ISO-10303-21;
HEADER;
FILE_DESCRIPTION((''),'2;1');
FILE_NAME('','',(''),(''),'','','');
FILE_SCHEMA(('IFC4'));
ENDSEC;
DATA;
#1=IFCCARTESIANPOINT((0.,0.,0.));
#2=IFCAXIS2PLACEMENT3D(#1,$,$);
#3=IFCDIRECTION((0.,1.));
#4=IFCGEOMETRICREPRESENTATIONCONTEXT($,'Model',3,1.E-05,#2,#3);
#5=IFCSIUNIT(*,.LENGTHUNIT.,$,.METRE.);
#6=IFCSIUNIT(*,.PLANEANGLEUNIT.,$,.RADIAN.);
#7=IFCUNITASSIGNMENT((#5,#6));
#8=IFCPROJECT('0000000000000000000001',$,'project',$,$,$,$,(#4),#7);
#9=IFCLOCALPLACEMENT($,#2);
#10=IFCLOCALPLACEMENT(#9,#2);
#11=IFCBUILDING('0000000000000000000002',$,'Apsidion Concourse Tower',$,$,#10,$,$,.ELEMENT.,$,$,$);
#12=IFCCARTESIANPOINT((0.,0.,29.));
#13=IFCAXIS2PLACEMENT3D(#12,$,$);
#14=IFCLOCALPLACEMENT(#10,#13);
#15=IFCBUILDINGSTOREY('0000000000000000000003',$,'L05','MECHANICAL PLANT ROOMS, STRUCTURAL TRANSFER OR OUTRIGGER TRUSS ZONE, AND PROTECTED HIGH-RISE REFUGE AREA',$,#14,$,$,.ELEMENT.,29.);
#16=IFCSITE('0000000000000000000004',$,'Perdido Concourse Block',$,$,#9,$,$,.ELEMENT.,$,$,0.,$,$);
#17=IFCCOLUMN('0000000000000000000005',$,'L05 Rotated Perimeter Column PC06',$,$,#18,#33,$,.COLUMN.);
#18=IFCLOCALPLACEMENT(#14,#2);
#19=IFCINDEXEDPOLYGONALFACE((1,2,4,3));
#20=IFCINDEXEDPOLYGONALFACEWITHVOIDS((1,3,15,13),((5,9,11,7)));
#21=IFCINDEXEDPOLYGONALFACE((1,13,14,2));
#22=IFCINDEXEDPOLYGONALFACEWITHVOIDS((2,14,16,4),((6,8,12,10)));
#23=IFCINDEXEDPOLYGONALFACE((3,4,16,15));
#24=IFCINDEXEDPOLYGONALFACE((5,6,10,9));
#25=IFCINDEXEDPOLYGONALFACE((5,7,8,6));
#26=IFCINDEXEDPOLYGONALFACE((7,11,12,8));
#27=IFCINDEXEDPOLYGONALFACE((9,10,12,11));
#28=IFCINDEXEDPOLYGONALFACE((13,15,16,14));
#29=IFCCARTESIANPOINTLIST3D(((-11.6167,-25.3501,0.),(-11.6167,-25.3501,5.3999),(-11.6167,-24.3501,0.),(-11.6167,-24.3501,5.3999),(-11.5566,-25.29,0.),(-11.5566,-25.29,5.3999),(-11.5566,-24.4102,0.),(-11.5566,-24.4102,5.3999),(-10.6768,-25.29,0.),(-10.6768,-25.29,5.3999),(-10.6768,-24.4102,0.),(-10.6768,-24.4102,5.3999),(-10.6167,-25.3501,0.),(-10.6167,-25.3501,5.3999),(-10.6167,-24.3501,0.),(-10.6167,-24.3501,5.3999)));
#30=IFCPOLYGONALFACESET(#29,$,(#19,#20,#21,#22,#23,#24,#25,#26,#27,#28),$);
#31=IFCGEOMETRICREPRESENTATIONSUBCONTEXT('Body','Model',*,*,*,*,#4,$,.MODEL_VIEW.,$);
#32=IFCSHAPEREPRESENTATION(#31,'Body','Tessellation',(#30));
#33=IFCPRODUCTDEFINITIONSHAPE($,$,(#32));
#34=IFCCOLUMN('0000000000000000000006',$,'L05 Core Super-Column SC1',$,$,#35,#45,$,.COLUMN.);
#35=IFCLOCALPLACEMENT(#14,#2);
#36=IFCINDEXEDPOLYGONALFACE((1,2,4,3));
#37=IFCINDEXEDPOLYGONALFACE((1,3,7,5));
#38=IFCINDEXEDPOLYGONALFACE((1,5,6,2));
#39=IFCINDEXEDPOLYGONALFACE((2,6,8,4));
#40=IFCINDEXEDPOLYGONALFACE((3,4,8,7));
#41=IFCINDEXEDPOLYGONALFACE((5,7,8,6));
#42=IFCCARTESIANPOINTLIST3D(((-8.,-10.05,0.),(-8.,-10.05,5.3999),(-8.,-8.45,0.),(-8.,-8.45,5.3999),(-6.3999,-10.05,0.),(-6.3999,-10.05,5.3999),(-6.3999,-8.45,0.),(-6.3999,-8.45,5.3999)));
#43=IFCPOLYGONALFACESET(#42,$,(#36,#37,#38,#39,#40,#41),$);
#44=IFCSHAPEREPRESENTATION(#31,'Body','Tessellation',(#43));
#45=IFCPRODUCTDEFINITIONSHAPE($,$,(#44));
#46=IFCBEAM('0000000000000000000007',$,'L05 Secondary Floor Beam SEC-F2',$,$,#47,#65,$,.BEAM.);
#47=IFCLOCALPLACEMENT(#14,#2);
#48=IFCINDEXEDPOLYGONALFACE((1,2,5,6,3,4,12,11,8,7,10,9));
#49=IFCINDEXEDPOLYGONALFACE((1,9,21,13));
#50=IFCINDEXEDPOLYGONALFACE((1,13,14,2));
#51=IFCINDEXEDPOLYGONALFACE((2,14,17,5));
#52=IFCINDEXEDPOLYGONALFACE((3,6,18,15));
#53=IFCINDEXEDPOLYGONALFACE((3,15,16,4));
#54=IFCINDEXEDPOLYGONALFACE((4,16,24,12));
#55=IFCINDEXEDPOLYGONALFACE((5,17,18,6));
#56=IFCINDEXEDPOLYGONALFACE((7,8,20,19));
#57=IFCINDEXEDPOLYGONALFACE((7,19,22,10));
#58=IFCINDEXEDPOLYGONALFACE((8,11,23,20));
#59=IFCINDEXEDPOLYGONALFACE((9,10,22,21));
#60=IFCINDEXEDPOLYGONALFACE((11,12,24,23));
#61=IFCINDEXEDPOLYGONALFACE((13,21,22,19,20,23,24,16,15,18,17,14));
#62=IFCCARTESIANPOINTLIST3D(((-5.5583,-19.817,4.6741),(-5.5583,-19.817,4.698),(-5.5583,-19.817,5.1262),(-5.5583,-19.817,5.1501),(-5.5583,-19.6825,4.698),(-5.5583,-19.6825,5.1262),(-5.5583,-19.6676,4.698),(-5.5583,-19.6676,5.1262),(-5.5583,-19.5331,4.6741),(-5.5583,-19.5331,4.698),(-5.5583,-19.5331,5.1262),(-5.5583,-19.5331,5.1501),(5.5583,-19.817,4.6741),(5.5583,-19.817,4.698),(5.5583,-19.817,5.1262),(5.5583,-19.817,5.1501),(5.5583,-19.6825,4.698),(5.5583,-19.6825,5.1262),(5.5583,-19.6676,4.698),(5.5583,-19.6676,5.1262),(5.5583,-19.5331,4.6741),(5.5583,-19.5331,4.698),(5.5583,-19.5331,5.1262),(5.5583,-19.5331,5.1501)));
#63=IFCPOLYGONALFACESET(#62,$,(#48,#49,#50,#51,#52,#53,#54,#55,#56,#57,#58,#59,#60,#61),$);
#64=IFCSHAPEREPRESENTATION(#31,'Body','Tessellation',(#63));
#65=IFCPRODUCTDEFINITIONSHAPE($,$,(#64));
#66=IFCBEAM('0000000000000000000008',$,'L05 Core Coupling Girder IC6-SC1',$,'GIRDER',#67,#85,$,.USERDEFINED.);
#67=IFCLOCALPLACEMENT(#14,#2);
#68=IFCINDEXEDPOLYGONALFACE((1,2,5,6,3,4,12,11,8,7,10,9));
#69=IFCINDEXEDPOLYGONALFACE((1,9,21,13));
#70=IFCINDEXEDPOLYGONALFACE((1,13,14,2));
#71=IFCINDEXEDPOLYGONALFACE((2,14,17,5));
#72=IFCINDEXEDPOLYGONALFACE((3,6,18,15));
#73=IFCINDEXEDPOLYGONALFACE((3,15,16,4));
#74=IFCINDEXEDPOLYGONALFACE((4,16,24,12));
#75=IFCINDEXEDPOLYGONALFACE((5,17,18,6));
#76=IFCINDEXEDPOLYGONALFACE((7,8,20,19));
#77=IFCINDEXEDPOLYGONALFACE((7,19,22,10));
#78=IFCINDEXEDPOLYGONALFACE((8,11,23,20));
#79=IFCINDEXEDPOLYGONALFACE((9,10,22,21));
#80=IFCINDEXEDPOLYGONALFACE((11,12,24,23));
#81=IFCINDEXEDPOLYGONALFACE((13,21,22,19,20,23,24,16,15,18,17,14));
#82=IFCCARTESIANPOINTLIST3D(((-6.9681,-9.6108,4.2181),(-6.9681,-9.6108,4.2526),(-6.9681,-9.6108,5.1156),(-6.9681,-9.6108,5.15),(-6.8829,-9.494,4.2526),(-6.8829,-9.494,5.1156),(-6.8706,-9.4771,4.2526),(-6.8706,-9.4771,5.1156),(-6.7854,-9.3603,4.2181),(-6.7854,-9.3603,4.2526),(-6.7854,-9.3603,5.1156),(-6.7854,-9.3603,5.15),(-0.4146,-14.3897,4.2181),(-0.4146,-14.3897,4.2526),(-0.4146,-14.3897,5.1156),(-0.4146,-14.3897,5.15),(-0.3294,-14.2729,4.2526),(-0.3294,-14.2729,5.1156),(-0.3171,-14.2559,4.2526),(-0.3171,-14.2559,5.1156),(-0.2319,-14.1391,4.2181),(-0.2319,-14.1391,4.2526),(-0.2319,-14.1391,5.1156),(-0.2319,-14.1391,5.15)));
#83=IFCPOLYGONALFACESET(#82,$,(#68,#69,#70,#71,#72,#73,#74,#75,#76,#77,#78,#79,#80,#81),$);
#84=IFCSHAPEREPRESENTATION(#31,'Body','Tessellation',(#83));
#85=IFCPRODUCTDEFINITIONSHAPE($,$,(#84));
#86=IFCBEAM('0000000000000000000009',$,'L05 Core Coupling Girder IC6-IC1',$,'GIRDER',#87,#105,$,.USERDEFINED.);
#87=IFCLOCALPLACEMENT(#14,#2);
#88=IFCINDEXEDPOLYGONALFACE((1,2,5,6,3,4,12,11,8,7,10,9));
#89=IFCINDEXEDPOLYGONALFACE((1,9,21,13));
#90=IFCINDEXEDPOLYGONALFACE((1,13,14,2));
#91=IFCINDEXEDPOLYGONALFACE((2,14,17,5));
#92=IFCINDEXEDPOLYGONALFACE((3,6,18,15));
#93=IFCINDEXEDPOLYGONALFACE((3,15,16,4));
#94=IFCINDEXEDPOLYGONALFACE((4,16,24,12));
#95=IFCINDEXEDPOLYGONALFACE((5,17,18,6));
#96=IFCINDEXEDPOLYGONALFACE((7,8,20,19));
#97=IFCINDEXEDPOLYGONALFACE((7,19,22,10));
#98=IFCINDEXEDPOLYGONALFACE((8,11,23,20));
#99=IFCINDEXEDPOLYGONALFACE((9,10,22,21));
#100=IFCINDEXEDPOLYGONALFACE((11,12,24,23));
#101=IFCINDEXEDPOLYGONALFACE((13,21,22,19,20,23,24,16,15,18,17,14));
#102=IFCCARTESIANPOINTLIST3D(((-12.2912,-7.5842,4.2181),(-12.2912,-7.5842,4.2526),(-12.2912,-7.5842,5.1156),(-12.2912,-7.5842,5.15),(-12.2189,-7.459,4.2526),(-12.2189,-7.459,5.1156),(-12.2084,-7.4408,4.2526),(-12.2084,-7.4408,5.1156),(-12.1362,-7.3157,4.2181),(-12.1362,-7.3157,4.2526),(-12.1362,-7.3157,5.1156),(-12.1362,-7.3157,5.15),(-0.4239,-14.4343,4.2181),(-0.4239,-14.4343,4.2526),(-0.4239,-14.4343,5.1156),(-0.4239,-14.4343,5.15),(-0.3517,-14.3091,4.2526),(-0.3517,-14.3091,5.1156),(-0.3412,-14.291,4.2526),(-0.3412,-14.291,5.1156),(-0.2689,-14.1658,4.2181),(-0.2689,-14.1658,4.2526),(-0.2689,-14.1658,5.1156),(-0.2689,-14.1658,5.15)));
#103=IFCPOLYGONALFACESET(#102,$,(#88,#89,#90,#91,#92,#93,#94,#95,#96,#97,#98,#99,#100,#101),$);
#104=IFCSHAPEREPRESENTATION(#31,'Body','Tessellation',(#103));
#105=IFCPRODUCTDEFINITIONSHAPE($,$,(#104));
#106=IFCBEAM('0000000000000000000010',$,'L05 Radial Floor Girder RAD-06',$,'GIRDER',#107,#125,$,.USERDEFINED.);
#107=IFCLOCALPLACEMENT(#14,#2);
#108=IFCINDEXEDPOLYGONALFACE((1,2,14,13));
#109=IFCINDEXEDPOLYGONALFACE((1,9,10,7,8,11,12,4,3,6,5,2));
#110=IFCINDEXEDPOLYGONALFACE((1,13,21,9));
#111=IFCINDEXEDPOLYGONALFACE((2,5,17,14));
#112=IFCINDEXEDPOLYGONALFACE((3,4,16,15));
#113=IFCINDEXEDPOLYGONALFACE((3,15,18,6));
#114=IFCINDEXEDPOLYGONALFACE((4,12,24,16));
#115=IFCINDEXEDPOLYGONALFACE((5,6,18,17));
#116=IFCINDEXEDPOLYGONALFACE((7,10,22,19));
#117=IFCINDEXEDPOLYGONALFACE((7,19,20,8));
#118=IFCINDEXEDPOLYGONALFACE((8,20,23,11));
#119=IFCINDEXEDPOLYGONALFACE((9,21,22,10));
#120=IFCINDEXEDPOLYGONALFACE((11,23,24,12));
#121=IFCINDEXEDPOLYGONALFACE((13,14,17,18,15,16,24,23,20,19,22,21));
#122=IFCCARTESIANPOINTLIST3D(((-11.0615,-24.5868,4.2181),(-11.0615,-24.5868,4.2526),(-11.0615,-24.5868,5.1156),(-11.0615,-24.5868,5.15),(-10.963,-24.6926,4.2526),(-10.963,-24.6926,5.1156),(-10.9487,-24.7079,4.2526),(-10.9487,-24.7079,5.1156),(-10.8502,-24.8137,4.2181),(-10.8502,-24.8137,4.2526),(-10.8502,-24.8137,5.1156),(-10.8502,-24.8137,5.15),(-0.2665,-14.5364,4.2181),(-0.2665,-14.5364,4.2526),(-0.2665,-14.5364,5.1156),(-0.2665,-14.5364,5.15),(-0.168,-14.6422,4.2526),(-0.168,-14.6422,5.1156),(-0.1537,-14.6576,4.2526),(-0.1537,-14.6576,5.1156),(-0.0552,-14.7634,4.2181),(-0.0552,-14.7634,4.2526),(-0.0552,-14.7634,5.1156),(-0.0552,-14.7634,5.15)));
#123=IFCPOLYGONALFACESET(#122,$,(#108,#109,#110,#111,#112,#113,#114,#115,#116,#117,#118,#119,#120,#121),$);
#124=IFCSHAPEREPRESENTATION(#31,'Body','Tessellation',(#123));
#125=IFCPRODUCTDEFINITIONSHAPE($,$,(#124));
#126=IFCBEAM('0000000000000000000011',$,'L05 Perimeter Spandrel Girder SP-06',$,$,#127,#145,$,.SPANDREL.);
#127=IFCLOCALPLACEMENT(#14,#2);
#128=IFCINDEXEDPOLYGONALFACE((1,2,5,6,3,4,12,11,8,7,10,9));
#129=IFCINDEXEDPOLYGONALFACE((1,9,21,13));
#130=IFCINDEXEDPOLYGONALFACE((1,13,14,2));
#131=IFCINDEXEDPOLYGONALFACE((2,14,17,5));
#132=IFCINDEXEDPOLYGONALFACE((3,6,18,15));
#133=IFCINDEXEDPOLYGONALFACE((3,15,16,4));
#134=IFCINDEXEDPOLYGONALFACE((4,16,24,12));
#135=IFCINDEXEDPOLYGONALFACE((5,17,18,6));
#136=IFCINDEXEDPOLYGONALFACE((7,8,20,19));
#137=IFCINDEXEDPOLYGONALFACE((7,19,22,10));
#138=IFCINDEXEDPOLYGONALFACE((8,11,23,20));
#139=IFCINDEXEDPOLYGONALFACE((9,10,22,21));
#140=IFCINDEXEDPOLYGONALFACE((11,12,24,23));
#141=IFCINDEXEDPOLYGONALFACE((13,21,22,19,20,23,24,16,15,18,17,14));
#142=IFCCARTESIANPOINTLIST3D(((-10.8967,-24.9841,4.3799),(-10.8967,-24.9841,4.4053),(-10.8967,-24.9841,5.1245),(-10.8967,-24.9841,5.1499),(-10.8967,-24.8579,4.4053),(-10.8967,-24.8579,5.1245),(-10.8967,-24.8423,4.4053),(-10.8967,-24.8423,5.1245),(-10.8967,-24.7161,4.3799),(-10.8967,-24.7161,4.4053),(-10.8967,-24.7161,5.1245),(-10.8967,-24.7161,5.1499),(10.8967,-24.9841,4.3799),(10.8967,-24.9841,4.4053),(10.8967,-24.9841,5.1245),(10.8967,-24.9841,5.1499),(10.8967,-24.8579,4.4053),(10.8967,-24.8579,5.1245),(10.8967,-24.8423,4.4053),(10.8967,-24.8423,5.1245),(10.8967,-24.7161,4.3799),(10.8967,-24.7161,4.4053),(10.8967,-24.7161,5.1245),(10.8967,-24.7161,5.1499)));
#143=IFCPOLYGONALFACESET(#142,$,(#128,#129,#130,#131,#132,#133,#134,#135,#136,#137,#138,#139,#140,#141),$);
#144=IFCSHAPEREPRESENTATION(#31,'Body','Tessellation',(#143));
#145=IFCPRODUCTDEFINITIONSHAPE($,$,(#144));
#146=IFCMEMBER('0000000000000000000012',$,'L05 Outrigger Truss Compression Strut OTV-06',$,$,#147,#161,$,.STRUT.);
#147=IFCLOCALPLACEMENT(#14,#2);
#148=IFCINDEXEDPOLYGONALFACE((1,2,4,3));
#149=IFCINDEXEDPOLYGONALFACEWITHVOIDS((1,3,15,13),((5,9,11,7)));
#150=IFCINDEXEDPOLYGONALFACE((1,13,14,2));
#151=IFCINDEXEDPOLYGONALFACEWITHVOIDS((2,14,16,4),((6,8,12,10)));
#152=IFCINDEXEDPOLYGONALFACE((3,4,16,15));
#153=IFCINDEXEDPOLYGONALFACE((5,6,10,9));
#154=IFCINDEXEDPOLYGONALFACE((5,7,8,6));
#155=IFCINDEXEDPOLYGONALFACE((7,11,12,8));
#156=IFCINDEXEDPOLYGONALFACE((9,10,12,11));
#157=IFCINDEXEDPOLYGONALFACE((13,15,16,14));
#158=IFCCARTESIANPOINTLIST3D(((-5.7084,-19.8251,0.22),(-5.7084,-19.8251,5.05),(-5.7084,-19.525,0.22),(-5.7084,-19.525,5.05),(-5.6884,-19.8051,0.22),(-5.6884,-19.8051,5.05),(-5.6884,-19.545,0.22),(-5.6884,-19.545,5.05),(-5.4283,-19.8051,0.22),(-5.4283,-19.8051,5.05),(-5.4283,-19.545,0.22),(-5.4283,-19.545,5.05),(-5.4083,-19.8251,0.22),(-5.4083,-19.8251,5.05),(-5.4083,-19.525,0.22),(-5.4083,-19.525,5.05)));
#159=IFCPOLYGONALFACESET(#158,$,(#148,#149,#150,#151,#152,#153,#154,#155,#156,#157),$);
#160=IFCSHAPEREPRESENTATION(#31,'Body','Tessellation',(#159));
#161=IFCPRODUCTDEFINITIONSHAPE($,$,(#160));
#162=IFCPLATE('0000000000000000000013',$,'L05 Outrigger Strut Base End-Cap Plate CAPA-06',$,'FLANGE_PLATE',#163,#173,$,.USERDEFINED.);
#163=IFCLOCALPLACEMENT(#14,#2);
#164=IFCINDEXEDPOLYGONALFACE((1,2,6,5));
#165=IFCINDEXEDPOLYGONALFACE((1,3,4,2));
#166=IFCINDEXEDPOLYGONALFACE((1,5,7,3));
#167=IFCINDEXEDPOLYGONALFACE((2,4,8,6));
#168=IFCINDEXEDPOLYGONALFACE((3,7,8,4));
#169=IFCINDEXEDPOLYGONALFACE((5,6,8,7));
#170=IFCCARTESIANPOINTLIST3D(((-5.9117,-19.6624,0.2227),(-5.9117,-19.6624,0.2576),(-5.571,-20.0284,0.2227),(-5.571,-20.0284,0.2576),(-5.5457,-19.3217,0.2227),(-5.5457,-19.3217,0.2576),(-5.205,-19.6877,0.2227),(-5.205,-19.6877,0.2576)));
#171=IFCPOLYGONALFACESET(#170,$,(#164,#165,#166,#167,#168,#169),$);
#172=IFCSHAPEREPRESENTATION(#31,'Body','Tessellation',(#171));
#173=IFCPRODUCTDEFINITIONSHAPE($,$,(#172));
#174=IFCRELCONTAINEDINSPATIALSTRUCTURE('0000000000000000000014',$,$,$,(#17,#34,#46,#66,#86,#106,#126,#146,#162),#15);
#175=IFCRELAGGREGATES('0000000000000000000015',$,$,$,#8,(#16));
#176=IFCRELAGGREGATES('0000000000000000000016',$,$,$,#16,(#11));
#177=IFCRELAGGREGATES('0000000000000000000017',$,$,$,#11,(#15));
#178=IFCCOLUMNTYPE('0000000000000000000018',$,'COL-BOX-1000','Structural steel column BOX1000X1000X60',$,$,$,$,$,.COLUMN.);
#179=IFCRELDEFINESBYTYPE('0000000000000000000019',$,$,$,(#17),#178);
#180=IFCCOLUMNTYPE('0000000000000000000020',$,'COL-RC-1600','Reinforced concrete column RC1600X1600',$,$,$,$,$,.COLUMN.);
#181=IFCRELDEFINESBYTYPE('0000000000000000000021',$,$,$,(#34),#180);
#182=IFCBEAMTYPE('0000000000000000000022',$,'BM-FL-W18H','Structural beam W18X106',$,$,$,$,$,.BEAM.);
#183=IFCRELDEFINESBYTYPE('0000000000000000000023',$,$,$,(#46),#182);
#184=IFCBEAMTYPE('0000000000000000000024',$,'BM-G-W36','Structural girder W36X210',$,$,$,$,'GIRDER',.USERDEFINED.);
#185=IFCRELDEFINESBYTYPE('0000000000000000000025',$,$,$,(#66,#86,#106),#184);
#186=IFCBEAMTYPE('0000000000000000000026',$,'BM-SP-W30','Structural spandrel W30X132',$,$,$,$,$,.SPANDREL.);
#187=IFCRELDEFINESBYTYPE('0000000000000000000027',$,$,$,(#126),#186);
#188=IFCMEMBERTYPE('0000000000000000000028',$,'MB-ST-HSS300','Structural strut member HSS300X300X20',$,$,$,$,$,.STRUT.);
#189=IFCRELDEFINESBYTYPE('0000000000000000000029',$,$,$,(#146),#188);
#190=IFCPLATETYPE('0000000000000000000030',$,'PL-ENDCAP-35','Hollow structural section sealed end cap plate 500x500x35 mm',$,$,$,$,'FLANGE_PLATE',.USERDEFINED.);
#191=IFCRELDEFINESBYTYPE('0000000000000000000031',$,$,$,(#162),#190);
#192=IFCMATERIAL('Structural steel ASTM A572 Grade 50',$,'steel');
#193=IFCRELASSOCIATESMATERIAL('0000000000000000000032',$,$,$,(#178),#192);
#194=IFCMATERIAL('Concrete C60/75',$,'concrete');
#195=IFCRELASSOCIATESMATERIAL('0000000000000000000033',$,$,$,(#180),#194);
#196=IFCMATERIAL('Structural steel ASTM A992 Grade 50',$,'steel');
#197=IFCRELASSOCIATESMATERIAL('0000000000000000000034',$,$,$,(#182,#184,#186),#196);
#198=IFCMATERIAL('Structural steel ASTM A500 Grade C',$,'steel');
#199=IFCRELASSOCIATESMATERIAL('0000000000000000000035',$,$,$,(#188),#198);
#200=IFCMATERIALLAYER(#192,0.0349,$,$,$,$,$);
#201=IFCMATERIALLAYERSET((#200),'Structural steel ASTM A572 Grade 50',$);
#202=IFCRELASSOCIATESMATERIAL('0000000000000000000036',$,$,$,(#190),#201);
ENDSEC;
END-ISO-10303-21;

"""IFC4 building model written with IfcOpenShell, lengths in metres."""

from ifc_helpers import new_model, si_unit, direction, frame, origin, origin_2d, place, context, subcontext, project, spatial, rectangle, hollow_rectangle, i_section, extrude, material, layer, layer_set, material_profile, profile_set, type_object, element, save


model = new_model("IFC4")

# Units and contexts
model_context = context("Model", 3, precision=1e-05, world=origin(), true_north=direction((0.0, 1.0)))
body_context = subcontext(model_context, "Body", "Model", "MODEL_VIEW")
ifc_project = project(units=[si_unit("LENGTHUNIT", "METRE"), si_unit("PLANEANGLEUNIT", "RADIAN")], contexts=[model_context])

# Site, building, storey
site_placement = place(None, origin())
site = spatial("IfcSite", under=ifc_project, at=site_placement, Name="Perdido Concourse Block", CompositionType="ELEMENT", RefElevation=0.0)
building_placement = place(site_placement, origin())
building = spatial("IfcBuilding", under=site, at=building_placement, Name="Apsidion Concourse Tower", CompositionType="ELEMENT")
storey_placement = place(building_placement, frame((0.0, 0.0, 29.0)))
storey = spatial("IfcBuildingStorey", under=building, at=storey_placement, Name="L05", Description="MECHANICAL PLANT ROOMS, STRUCTURAL TRANSFER OR OUTRIGGER TRUSS ZONE, AND PROTECTED HIGH-RISE REFUGE AREA", CompositionType="ELEMENT", Elevation=29.0)

# Columns
ifc_material_1 = material(Name="Structural steel ASTM A572 Grade 50", Category="steel")
ifc_material_profile_1 = material_profile(ifc_material_1, hollow_rectangle(XDim=1.0, YDim=1.0, WallThickness=0.0601, at=origin_2d()), Name="BOX1000X1000X60")
ifc_profile_set_1 = profile_set([ifc_material_profile_1], Name="Structural steel ASTM A572 Grade 50")
column_type_1 = type_object("IfcColumnType", Name="COL-BOX-1000", Description="Structural steel column BOX1000X1000X60", PredefinedType="COLUMN", material=ifc_profile_set_1)
column_1_placement = place(storey_placement, frame((-11.1167, -24.8501, 0.0), z_axis=(0.0, 0.0, 1.0), x_axis=(1.0, 0.0, 0.0)))
element("IfcColumn", 1, at=column_1_placement, inside=storey, type_object=column_type_1, Name="L05 Rotated Perimeter Column PC06", PredefinedType="COLUMN", context=body_context, shape_type="SweptSolid", body=[
    extrude(hollow_rectangle(XDim=1.0, YDim=1.0, WallThickness=0.0601, at=origin_2d()), origin(), (0.0, 0.0, 1.0), 5.3999),
])
ifc_material_2 = material(Name="Concrete C60/75", Category="concrete")
ifc_material_profile_2 = material_profile(ifc_material_2, rectangle(XDim=1.6001, YDim=1.6001, at=origin_2d()), Name="RC 1600x1600")
ifc_profile_set_2 = profile_set([ifc_material_profile_2], Name="Concrete C60/75")
column_type_2 = type_object("IfcColumnType", Name="COL-RC-1600", Description="Reinforced concrete column RC1600X1600", PredefinedType="COLUMN", material=ifc_profile_set_2)
column_2_placement = place(storey_placement, frame((-7.2, -9.25, 0.0), z_axis=(0.0, 0.0, 1.0), x_axis=(1.0, 0.0, 0.0)))
element("IfcColumn", 2, at=column_2_placement, inside=storey, type_object=column_type_2, Name="L05 Core Super-Column SC1", PredefinedType="COLUMN", context=body_context, shape_type="SweptSolid", body=[
    extrude(rectangle(XDim=1.6001, YDim=1.6001, at=origin_2d()), origin(), (0.0, 0.0, 1.0), 5.3999),
])

# Beams
ifc_material_3 = material(Name="Structural steel ASTM A992 Grade 50", Category="steel")
ifc_material_profile_3 = material_profile(ifc_material_3, i_section(OverallWidth=0.2839, OverallDepth=0.4761, WebThickness=0.0149, FlangeThickness=0.0239, at=origin_2d()), Name="W18X106")
ifc_profile_set_3 = profile_set([ifc_material_profile_3], Name="Structural steel ASTM A992 Grade 50")
beam_type_1 = type_object("IfcBeamType", Name="BM-FL-W18H", Description="Structural beam W18X106", PredefinedType="BEAM", material=ifc_profile_set_3)
beam_1_placement = place(storey_placement, frame((-5.5583, -19.675, 4.9121), z_axis=(1.0, 0.0, 0.0), x_axis=(0.0, 1.0, 0.0)))
element("IfcBeam", 3, at=beam_1_placement, inside=storey, type_object=beam_type_1, Name="L05 Secondary Floor Beam SEC-F2", PredefinedType="BEAM", context=body_context, shape_type="SweptSolid", body=[
    extrude(i_section(OverallWidth=0.2839, OverallDepth=0.4761, WebThickness=0.0149, FlangeThickness=0.0239, at=origin_2d()), origin(), (0.0, 0.0, 1.0), 11.1167),
])
ifc_material_profile_4 = material_profile(ifc_material_3, i_section(OverallWidth=0.3101, OverallDepth=0.9319, WebThickness=0.021, FlangeThickness=0.0344, at=origin_2d()), Name="W36X210")
ifc_profile_set_4 = profile_set([ifc_material_profile_4], Name="Structural steel ASTM A992 Grade 50")
beam_type_2 = type_object("IfcBeamType", Name="BM-G-W36", Description="Structural girder W36X210", ElementType="GIRDER", PredefinedType="USERDEFINED", material=ifc_profile_set_4)
beam_2_placement = place(storey_placement, frame((-0.3232, -14.2644, 4.6841), z_axis=(-0.807993, 0.589191, 0.0), x_axis=(-0.589191, -0.807993, 0.0)))
element("IfcBeam", 4, at=beam_2_placement, inside=storey, type_object=beam_type_2, Name="L05 Core Coupling Girder IC6-SC1", ObjectType="GIRDER", PredefinedType="USERDEFINED", context=body_context, shape_type="SweptSolid", body=[
    extrude(i_section(OverallWidth=0.3101, OverallDepth=0.9319, WebThickness=0.021, FlangeThickness=0.0344, at=origin_2d()), origin(), (0.0, 0.0, 1.0), 8.1108),
])
beam_3_placement = place(storey_placement, frame((-0.3464, -14.3, 4.6841), z_axis=(-0.86607, 0.499922, 0.0), x_axis=(-0.499922, -0.86607, 0.0)))
element("IfcBeam", 5, at=beam_3_placement, inside=storey, type_object=beam_type_2, Name="L05 Core Coupling Girder IC6-IC1", ObjectType="GIRDER", PredefinedType="USERDEFINED", context=body_context, shape_type="SweptSolid", body=[
    extrude(i_section(OverallWidth=0.3101, OverallDepth=0.9319, WebThickness=0.021, FlangeThickness=0.0344, at=origin_2d()), origin(), (0.0, 0.0, 1.0), 13.7024),
])
beam_4_placement = place(storey_placement, frame((-0.1609, -14.6499, 4.6841), z_axis=(-0.731899, -0.681413, 0.0), x_axis=(0.681413, -0.731899, 0.0)))
element("IfcBeam", 6, at=beam_4_placement, inside=storey, type_object=beam_type_2, Name="L05 Radial Floor Girder RAD-06", ObjectType="GIRDER", PredefinedType="USERDEFINED", context=body_context, shape_type="SweptSolid", body=[
    extrude(i_section(OverallWidth=0.3101, OverallDepth=0.9319, WebThickness=0.021, FlangeThickness=0.0344, at=origin_2d()), origin(), (0.0, 0.0, 1.0), 14.7493),
])
ifc_material_profile_5 = material_profile(ifc_material_3, i_section(OverallWidth=0.2681, OverallDepth=0.77, WebThickness=0.0156, FlangeThickness=0.0254, at=origin_2d()), Name="W30X132")
ifc_profile_set_5 = profile_set([ifc_material_profile_5], Name="Structural steel ASTM A992 Grade 50")
beam_type_3 = type_object("IfcBeamType", Name="BM-SP-W30", Description="Structural spandrel W30X132", PredefinedType="SPANDREL", material=ifc_profile_set_5)
beam_5_placement = place(storey_placement, frame((-10.8967, -24.8501, 4.7649), z_axis=(1.0, 0.0, 0.0), x_axis=(0.0, 1.0, 0.0)))
element("IfcBeam", 7, at=beam_5_placement, inside=storey, type_object=beam_type_3, Name="L05 Perimeter Spandrel Girder SP-06", PredefinedType="SPANDREL", context=body_context, shape_type="SweptSolid", body=[
    extrude(i_section(OverallWidth=0.2681, OverallDepth=0.77, WebThickness=0.0156, FlangeThickness=0.0254, at=origin_2d()), origin(), (0.0, 0.0, 1.0), 21.7935),
])

# Member
ifc_material_4 = material(Name="Structural steel ASTM A500 Grade C", Category="steel")
ifc_material_profile_6 = material_profile(ifc_material_4, hollow_rectangle(XDim=0.3, YDim=0.3, WallThickness=0.02, at=origin_2d()), Name="HSS300X300X20")
ifc_profile_set_6 = profile_set([ifc_material_profile_6], Name="Structural steel ASTM A500 Grade C")
member_type = type_object("IfcMemberType", Name="MB-ST-HSS300", Description="Structural strut member HSS300X300X20", PredefinedType="STRUT", material=ifc_profile_set_6)
member_placement = place(storey_placement, frame((-5.5583, -19.675, 0.22), z_axis=(0.0, 0.0, 1.0), x_axis=(1.0, 0.0, 0.0)))
element("IfcMember", 8, at=member_placement, inside=storey, type_object=member_type, Name="L05 Outrigger Truss Compression Strut OTV-06", PredefinedType="STRUT", context=body_context, shape_type="SweptSolid", body=[
    extrude(hollow_rectangle(XDim=0.3, YDim=0.3, WallThickness=0.02, at=origin_2d()), origin(), (0.0, 0.0, 1.0), 4.8301),
])

# Plate
ifc_layer_1 = layer(ifc_material_1, 0.0349)
ifc_layer_set_1 = layer_set([ifc_layer_1], Name="Structural steel ASTM A572 Grade 50")
plate_type_1 = type_object("IfcPlateType", Name="PL-ENDCAP-35", Description="Hollow structural section sealed end cap plate 500x500x35 mm", ElementType="FLANGE_PLATE", PredefinedType="USERDEFINED", material=ifc_layer_set_1)
for number, where, z_axis, x_axis, name in (
    (9, (-5.5583, -19.675, 0.2227), (0.0, 0.0, 1.0), (0.731949, 0.68136, 0.0), "L05 Outrigger Strut Base End-Cap Plate CAPA-06"),
):
    element("IfcPlate", number, at=place(storey_placement, frame(where, z_axis=z_axis, x_axis=x_axis)), inside=storey, type_object=plate_type_1, Name=name, ObjectType="FLANGE_PLATE", PredefinedType="USERDEFINED", context=body_context, shape_type="SweptSolid", body=[
        extrude(rectangle(XDim=0.5, YDim=0.5, at=origin_2d()), origin(), (0.0, 0.0, 1.0), 0.0349),
    ])

save(model, "model.ifc")
